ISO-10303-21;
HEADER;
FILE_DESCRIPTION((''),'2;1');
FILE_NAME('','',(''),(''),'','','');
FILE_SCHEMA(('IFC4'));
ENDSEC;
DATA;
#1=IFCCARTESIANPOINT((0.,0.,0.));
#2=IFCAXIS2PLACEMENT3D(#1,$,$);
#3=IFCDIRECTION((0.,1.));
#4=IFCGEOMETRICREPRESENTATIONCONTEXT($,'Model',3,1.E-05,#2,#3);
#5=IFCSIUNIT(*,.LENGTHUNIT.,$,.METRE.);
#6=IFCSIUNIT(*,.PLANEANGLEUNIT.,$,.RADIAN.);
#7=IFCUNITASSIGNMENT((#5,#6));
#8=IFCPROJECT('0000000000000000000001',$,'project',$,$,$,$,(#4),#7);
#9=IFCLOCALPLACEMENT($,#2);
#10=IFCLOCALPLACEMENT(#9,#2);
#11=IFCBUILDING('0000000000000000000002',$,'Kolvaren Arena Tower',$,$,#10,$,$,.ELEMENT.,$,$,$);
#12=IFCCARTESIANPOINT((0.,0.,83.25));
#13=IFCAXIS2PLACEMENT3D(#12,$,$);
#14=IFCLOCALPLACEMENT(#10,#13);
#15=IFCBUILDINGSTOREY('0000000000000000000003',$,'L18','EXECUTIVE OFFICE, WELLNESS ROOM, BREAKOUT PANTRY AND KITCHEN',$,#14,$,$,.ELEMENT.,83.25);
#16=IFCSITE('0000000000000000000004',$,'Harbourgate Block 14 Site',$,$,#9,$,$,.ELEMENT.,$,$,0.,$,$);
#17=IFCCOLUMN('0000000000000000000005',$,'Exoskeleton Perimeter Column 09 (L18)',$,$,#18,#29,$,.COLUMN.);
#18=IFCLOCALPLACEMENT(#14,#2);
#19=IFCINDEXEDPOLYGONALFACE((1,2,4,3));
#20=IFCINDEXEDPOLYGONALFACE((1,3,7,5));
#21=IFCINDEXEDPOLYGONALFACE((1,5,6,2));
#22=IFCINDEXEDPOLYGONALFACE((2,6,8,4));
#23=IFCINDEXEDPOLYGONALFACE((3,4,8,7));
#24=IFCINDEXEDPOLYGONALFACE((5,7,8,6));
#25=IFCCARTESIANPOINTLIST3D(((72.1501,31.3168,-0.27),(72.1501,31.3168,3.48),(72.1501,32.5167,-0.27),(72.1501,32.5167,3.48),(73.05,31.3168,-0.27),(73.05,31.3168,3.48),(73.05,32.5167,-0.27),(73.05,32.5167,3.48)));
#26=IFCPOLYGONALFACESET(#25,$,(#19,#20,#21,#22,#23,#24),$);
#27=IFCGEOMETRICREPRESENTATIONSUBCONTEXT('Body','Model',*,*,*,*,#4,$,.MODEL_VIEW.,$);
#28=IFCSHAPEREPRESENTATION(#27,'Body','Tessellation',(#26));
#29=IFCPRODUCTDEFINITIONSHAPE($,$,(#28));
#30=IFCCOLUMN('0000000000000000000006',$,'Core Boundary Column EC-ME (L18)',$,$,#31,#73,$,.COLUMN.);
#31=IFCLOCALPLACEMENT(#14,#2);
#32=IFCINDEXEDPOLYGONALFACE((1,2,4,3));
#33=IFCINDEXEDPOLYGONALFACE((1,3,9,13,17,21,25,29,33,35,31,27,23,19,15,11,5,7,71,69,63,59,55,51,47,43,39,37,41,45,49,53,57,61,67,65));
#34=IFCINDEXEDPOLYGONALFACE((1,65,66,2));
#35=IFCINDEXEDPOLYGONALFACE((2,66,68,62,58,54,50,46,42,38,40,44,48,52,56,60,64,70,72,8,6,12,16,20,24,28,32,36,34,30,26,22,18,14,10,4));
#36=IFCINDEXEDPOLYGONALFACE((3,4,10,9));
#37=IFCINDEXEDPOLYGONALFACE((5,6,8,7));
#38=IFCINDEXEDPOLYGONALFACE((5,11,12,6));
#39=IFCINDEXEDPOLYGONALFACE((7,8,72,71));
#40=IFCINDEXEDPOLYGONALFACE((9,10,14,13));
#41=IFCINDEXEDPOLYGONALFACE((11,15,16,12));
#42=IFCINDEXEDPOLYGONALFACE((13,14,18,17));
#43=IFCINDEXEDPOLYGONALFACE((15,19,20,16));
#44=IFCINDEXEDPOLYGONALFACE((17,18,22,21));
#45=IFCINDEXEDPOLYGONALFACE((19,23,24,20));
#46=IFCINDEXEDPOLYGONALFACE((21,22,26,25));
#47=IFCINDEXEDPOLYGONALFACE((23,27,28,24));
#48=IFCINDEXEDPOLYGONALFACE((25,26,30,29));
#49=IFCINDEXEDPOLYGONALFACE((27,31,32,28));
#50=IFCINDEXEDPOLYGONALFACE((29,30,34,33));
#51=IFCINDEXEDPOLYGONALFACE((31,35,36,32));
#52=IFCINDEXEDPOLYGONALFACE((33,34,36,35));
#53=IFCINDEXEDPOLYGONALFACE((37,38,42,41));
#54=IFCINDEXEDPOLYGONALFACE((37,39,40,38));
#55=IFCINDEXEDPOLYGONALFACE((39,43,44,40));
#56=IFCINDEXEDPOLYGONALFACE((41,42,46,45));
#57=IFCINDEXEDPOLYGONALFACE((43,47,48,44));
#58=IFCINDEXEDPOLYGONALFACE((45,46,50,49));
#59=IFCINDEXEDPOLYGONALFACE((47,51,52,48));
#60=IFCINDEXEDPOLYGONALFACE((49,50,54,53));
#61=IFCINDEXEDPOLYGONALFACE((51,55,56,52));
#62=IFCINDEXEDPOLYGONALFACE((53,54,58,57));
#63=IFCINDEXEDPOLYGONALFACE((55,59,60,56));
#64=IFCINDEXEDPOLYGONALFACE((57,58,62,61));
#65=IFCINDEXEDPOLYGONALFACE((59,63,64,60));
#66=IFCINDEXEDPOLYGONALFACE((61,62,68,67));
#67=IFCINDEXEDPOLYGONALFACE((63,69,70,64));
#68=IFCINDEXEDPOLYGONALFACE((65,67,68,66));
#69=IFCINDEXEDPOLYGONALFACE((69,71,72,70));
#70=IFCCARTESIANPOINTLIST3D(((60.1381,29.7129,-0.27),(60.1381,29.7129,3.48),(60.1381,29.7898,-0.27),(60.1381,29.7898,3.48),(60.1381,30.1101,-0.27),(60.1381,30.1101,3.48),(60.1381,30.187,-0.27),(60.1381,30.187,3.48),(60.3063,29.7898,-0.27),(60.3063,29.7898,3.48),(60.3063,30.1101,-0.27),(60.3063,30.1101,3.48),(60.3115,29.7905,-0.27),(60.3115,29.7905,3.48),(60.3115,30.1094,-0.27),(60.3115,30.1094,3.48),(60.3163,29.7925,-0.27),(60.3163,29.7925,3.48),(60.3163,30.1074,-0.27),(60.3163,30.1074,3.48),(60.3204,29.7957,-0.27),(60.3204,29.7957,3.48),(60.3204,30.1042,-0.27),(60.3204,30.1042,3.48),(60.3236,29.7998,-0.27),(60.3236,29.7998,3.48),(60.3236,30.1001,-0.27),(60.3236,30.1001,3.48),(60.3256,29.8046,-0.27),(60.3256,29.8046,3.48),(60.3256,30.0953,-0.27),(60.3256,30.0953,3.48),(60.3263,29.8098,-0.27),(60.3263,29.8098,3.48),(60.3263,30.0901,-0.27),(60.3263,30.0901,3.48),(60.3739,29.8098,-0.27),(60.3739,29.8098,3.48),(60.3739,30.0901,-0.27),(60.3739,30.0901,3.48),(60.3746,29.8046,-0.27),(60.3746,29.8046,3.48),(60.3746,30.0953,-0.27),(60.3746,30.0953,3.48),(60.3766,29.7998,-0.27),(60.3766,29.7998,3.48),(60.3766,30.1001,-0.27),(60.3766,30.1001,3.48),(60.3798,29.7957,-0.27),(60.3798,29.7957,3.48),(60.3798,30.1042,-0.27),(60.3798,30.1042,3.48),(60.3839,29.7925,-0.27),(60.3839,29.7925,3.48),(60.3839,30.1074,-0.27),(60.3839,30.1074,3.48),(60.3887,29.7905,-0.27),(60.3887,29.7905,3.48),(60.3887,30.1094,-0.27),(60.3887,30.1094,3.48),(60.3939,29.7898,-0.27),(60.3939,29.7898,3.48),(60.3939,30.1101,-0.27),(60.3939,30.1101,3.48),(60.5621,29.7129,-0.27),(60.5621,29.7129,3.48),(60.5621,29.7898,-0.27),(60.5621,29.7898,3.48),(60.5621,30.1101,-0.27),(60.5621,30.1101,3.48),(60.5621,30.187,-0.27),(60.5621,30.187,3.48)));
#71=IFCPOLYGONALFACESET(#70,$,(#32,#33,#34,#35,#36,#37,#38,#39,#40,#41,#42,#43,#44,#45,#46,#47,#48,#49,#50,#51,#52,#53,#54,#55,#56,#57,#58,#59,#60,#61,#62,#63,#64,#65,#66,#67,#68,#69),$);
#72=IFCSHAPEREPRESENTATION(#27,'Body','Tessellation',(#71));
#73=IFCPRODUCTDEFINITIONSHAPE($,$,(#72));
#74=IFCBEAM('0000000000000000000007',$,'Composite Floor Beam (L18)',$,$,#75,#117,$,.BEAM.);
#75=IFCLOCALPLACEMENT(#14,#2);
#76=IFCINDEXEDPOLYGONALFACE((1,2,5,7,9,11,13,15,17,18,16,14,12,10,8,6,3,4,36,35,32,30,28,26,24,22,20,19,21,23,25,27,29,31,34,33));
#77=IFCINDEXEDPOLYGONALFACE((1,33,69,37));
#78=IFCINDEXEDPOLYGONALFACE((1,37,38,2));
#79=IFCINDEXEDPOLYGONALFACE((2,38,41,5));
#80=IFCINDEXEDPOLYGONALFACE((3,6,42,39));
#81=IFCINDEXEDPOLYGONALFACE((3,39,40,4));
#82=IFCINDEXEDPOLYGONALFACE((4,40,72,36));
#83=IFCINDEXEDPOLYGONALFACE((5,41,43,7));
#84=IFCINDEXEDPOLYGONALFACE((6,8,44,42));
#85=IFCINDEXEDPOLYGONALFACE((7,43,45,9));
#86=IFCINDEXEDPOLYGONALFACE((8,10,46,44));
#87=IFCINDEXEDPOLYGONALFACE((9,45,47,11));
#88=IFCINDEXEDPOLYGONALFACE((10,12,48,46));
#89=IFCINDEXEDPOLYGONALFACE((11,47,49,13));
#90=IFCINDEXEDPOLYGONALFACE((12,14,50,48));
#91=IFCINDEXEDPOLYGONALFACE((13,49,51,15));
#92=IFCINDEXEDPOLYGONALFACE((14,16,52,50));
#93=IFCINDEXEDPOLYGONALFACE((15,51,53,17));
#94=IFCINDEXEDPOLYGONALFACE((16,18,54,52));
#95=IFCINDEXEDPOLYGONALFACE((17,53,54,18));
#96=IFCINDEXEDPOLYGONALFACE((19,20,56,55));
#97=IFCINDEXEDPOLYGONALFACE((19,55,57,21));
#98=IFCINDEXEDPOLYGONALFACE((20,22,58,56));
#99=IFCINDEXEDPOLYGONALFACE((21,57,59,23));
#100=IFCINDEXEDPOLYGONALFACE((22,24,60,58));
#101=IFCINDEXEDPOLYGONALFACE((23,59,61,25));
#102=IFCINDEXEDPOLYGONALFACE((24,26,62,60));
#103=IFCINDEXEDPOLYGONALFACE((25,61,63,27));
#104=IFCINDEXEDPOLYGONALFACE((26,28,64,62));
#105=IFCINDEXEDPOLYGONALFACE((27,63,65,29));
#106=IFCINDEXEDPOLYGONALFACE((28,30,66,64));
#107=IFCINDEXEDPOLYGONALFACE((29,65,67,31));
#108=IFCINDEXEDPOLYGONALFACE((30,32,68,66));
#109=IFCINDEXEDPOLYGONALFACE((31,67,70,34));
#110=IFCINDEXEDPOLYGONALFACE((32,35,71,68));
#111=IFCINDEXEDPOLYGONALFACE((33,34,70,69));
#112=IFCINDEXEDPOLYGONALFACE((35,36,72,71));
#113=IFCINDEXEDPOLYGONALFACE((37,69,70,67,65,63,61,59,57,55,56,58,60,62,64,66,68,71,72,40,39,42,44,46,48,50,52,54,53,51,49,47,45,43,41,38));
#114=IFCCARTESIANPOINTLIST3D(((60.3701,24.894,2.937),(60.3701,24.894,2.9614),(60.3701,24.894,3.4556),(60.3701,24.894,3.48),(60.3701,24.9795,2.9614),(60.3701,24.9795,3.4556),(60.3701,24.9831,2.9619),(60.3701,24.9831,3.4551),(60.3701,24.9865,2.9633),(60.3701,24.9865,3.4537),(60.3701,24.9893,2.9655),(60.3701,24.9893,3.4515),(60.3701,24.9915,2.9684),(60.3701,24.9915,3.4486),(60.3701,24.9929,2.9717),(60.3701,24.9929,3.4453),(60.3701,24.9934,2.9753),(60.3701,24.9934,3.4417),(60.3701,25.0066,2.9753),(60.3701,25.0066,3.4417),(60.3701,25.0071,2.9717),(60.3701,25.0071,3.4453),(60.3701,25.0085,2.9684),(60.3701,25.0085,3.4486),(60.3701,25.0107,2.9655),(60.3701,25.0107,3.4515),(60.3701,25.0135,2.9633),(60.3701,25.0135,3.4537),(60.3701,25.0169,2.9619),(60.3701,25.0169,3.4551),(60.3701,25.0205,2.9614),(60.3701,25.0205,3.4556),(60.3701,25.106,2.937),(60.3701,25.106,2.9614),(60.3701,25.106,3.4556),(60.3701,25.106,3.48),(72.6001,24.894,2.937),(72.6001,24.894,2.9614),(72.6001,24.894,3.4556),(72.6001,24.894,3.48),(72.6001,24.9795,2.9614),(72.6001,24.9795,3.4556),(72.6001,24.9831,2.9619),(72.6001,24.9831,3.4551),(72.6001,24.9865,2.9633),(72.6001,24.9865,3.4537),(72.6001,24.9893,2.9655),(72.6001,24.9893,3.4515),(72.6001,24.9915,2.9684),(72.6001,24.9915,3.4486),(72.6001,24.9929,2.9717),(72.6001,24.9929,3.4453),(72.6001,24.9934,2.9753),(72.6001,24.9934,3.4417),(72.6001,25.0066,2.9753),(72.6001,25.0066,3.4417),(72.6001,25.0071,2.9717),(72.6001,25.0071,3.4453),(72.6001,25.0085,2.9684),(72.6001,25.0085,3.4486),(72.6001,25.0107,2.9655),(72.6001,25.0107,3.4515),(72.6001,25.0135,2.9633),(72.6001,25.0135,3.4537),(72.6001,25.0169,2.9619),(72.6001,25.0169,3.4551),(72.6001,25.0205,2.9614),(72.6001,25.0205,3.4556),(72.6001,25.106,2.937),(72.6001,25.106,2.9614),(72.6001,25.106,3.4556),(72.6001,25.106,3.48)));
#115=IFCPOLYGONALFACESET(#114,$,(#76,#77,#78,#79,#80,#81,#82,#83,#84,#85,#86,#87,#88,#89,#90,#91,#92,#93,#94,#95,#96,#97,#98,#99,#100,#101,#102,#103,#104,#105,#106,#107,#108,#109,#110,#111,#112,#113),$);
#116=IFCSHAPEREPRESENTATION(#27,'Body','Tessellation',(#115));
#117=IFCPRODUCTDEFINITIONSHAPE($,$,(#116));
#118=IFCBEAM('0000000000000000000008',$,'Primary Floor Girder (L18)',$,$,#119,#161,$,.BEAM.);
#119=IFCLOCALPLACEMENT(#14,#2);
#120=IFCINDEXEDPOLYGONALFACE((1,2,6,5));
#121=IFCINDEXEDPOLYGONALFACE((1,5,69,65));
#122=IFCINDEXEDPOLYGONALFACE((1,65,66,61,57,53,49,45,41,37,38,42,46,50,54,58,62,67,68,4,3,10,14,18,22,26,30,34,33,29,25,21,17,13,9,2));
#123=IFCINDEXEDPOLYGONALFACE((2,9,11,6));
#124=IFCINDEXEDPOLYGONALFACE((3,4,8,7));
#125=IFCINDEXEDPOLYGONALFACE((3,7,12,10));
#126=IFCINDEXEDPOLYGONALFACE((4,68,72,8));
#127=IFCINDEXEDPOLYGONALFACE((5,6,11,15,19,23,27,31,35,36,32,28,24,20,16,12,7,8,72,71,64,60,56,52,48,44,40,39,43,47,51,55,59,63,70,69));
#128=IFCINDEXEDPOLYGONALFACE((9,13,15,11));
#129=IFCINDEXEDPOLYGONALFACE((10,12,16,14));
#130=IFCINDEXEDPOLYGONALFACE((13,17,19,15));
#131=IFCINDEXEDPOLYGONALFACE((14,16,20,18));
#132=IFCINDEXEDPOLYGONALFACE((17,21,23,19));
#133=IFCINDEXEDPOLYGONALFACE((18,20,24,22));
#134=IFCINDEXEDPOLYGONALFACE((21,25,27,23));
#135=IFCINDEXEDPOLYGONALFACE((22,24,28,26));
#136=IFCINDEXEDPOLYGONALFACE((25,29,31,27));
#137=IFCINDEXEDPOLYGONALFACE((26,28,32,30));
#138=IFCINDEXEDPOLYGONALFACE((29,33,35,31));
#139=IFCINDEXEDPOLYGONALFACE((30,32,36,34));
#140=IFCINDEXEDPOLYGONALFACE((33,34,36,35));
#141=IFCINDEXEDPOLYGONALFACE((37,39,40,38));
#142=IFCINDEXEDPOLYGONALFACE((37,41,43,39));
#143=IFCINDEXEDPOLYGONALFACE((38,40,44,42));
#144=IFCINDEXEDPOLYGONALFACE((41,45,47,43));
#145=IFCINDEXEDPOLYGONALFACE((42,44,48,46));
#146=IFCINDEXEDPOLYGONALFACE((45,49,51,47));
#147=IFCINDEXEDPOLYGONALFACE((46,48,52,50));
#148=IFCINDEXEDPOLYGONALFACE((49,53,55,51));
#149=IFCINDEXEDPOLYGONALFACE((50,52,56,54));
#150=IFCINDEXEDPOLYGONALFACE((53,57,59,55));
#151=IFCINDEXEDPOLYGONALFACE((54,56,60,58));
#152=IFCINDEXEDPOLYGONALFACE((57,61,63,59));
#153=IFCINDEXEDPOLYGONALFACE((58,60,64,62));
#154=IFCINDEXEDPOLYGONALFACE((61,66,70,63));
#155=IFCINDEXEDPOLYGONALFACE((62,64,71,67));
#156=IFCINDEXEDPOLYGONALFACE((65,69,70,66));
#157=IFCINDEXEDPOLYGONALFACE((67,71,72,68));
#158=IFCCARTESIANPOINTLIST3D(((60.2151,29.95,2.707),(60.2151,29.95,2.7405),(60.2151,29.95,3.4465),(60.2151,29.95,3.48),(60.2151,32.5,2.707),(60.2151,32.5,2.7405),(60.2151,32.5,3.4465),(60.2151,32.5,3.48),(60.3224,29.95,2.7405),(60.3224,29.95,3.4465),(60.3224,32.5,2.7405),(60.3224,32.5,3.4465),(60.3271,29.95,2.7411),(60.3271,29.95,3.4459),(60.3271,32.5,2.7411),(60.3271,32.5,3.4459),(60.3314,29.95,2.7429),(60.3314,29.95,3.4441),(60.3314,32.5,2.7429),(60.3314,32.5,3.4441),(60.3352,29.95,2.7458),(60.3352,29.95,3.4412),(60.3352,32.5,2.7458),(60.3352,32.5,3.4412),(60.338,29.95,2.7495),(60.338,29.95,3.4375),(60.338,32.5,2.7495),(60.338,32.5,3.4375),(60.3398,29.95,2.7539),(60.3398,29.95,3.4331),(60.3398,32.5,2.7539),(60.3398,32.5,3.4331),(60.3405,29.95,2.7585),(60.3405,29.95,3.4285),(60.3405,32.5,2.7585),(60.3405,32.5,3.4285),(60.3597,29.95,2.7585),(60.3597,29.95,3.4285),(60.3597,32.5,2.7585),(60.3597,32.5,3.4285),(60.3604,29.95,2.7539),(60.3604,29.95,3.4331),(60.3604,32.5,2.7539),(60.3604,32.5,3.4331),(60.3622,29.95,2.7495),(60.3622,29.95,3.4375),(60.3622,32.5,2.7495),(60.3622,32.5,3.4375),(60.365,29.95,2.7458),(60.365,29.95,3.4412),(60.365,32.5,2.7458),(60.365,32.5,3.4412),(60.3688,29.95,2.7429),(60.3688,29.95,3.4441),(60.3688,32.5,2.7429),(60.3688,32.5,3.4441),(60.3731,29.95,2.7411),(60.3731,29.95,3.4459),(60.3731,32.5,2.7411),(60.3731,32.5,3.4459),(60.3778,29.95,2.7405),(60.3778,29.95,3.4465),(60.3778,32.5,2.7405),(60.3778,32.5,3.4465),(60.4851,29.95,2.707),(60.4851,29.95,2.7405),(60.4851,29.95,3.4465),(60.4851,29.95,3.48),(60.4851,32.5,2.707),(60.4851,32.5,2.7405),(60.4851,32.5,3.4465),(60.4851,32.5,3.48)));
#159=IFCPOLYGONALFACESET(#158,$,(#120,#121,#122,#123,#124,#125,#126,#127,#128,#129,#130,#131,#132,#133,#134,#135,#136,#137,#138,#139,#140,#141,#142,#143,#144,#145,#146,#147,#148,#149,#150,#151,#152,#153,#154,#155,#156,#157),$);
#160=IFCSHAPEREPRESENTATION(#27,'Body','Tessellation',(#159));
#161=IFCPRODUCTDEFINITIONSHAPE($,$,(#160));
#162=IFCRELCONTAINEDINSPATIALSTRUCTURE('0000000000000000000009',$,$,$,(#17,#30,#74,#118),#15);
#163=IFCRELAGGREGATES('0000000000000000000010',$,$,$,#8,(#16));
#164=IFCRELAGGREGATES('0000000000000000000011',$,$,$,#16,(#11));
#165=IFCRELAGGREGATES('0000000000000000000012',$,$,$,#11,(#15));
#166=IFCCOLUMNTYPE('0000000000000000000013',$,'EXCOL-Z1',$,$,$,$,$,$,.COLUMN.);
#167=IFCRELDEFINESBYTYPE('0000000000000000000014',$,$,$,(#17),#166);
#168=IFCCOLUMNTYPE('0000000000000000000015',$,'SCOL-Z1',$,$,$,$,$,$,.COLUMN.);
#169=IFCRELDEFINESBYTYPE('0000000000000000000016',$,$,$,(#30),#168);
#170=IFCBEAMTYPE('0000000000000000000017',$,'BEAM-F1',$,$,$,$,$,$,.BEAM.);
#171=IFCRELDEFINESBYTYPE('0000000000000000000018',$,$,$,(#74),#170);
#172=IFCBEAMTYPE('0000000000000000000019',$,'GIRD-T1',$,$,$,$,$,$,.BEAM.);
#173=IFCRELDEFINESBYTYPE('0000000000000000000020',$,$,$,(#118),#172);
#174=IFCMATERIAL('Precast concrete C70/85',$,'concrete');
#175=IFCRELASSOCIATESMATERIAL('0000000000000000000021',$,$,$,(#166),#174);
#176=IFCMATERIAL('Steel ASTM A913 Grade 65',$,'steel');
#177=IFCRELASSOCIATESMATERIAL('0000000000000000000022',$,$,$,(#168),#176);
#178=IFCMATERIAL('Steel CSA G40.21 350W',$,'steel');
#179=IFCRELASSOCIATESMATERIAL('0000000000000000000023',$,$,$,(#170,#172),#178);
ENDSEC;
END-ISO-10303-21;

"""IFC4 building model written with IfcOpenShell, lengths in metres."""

from ifc_helpers import new_model, si_unit, direction, frame, origin, origin_2d, place, context, subcontext, project, spatial, rectangle, i_section, extrude, material, material_profile, profile_set, type_object, element, save


model = new_model("IFC4")

# Units and contexts
model_context = context("Model", 3, precision=1e-05, world=origin(), true_north=direction((0.0, 1.0)))
body_context = subcontext(model_context, "Body", "Model", "MODEL_VIEW")
ifc_project = project(units=[si_unit("LENGTHUNIT", "METRE"), si_unit("PLANEANGLEUNIT", "RADIAN")], contexts=[model_context])

# Site, building, storey
site_placement = place(None, origin())
site = spatial("IfcSite", under=ifc_project, at=site_placement, Name="Harbourgate Block 14 Site", CompositionType="ELEMENT", RefElevation=0.0)
building_placement = place(site_placement, origin())
building = spatial("IfcBuilding", under=site, at=building_placement, Name="Kolvaren Arena Tower", CompositionType="ELEMENT")
storey_placement = place(building_placement, frame((0.0, 0.0, 83.25)))
storey = spatial("IfcBuildingStorey", under=building, at=storey_placement, Name="L18", Description="EXECUTIVE OFFICE, WELLNESS ROOM, BREAKOUT PANTRY AND KITCHEN", CompositionType="ELEMENT", Elevation=83.25)

# Columns
ifc_material_1 = material(Name="Precast concrete C70/85", Category="concrete")
ifc_material_profile_1 = material_profile(ifc_material_1, rectangle(XDim=1.2, YDim=0.8999, at=origin_2d()), Name="RC-1200x900")
ifc_profile_set_1 = profile_set([ifc_material_profile_1], Name="Precast concrete C70/85")
column_type_1 = type_object("IfcColumnType", Name="EXCOL-Z1", PredefinedType="COLUMN", material=ifc_profile_set_1)
column_1_placement = place(storey_placement, frame((72.6001, 31.9167, -0.27), z_axis=(0.0, 0.0, 1.0), x_axis=(0.0, 1.0, 0.0)))
element("IfcColumn", 1, at=column_1_placement, inside=storey, type_object=column_type_1, Name="Exoskeleton Perimeter Column 09 (L18)", PredefinedType="COLUMN", context=body_context, shape_type="SweptSolid", body=[
    extrude(rectangle(XDim=1.2, YDim=0.8999, at=origin_2d()), origin(), (0.0, 0.0, 1.0), 3.75),
])
ifc_material_2 = material(Name="Steel ASTM A913 Grade 65", Category="steel")
ifc_material_profile_2 = material_profile(ifc_material_2, i_section(OverallWidth=0.4241, OverallDepth=0.4741, WebThickness=0.0476, FlangeThickness=0.0769, FilletRadius=0.02, at=origin_2d()), Name="W360x634")
ifc_profile_set_2 = profile_set([ifc_material_profile_2], Name="Steel ASTM A913 Grade 65")
column_type_2 = type_object("IfcColumnType", Name="SCOL-Z1", PredefinedType="COLUMN", material=ifc_profile_set_2)
column_2_placement = place(storey_placement, frame((60.3501, 29.95, -0.27), z_axis=(0.0, 0.0, 1.0), x_axis=(1.0, 0.0, 0.0)))
element("IfcColumn", 2, at=column_2_placement, inside=storey, type_object=column_type_2, Name="Core Boundary Column EC-ME (L18)", PredefinedType="COLUMN", context=body_context, shape_type="SweptSolid", body=[
    extrude(i_section(OverallWidth=0.4241, OverallDepth=0.4741, WebThickness=0.0476, FlangeThickness=0.0769, FilletRadius=0.02, at=origin_2d()), origin(), (0.0, 0.0, 1.0), 3.75),
])

# Beams
ifc_material_3 = material(Name="Steel CSA G40.21 350W", Category="steel")
ifc_material_profile_3 = material_profile(ifc_material_3, i_section(OverallWidth=0.2119, OverallDepth=0.543, WebThickness=0.0132, FlangeThickness=0.0244, FilletRadius=0.0139, at=origin_2d()), Name="W530x150")
ifc_profile_set_3 = profile_set([ifc_material_profile_3], Name="Steel CSA G40.21 350W")
beam_type_1 = type_object("IfcBeamType", Name="BEAM-F1", PredefinedType="BEAM", material=ifc_profile_set_3)
beam_1_placement = place(storey_placement, frame((60.3701, 25.0, 3.2085), z_axis=(1.0, 0.0, 0.0), x_axis=(0.0, 1.0, 0.0)))
element("IfcBeam", 3, at=beam_1_placement, inside=storey, type_object=beam_type_1, Name="Composite Floor Beam (L18)", PredefinedType="BEAM", context=body_context, shape_type="SweptSolid", body=[
    extrude(i_section(OverallWidth=0.2119, OverallDepth=0.543, WebThickness=0.0132, FlangeThickness=0.0244, FilletRadius=0.0139, at=origin_2d()), origin(), (0.0, 0.0, 1.0), 12.23),
])
ifc_material_profile_4 = material_profile(ifc_material_3, i_section(OverallWidth=0.27, OverallDepth=0.7729, WebThickness=0.0193, FlangeThickness=0.0334, FilletRadius=0.0181, at=origin_2d()), Name="W760x257")
ifc_profile_set_4 = profile_set([ifc_material_profile_4], Name="Steel CSA G40.21 350W")
beam_type_2 = type_object("IfcBeamType", Name="GIRD-T1", PredefinedType="BEAM", material=ifc_profile_set_4)
beam_2_placement = place(storey_placement, frame((60.3501, 29.95, 3.0935), z_axis=(0.0, 1.0, 0.0), x_axis=(-1.0, 0.0, 0.0)))
element("IfcBeam", 4, at=beam_2_placement, inside=storey, type_object=beam_type_2, Name="Primary Floor Girder (L18)", PredefinedType="BEAM", context=body_context, shape_type="SweptSolid", body=[
    extrude(i_section(OverallWidth=0.27, OverallDepth=0.7729, WebThickness=0.0193, FlangeThickness=0.0334, FilletRadius=0.0181, at=origin_2d()), origin(), (0.0, 0.0, 1.0), 2.55),
])

save(model, "model.ifc")
